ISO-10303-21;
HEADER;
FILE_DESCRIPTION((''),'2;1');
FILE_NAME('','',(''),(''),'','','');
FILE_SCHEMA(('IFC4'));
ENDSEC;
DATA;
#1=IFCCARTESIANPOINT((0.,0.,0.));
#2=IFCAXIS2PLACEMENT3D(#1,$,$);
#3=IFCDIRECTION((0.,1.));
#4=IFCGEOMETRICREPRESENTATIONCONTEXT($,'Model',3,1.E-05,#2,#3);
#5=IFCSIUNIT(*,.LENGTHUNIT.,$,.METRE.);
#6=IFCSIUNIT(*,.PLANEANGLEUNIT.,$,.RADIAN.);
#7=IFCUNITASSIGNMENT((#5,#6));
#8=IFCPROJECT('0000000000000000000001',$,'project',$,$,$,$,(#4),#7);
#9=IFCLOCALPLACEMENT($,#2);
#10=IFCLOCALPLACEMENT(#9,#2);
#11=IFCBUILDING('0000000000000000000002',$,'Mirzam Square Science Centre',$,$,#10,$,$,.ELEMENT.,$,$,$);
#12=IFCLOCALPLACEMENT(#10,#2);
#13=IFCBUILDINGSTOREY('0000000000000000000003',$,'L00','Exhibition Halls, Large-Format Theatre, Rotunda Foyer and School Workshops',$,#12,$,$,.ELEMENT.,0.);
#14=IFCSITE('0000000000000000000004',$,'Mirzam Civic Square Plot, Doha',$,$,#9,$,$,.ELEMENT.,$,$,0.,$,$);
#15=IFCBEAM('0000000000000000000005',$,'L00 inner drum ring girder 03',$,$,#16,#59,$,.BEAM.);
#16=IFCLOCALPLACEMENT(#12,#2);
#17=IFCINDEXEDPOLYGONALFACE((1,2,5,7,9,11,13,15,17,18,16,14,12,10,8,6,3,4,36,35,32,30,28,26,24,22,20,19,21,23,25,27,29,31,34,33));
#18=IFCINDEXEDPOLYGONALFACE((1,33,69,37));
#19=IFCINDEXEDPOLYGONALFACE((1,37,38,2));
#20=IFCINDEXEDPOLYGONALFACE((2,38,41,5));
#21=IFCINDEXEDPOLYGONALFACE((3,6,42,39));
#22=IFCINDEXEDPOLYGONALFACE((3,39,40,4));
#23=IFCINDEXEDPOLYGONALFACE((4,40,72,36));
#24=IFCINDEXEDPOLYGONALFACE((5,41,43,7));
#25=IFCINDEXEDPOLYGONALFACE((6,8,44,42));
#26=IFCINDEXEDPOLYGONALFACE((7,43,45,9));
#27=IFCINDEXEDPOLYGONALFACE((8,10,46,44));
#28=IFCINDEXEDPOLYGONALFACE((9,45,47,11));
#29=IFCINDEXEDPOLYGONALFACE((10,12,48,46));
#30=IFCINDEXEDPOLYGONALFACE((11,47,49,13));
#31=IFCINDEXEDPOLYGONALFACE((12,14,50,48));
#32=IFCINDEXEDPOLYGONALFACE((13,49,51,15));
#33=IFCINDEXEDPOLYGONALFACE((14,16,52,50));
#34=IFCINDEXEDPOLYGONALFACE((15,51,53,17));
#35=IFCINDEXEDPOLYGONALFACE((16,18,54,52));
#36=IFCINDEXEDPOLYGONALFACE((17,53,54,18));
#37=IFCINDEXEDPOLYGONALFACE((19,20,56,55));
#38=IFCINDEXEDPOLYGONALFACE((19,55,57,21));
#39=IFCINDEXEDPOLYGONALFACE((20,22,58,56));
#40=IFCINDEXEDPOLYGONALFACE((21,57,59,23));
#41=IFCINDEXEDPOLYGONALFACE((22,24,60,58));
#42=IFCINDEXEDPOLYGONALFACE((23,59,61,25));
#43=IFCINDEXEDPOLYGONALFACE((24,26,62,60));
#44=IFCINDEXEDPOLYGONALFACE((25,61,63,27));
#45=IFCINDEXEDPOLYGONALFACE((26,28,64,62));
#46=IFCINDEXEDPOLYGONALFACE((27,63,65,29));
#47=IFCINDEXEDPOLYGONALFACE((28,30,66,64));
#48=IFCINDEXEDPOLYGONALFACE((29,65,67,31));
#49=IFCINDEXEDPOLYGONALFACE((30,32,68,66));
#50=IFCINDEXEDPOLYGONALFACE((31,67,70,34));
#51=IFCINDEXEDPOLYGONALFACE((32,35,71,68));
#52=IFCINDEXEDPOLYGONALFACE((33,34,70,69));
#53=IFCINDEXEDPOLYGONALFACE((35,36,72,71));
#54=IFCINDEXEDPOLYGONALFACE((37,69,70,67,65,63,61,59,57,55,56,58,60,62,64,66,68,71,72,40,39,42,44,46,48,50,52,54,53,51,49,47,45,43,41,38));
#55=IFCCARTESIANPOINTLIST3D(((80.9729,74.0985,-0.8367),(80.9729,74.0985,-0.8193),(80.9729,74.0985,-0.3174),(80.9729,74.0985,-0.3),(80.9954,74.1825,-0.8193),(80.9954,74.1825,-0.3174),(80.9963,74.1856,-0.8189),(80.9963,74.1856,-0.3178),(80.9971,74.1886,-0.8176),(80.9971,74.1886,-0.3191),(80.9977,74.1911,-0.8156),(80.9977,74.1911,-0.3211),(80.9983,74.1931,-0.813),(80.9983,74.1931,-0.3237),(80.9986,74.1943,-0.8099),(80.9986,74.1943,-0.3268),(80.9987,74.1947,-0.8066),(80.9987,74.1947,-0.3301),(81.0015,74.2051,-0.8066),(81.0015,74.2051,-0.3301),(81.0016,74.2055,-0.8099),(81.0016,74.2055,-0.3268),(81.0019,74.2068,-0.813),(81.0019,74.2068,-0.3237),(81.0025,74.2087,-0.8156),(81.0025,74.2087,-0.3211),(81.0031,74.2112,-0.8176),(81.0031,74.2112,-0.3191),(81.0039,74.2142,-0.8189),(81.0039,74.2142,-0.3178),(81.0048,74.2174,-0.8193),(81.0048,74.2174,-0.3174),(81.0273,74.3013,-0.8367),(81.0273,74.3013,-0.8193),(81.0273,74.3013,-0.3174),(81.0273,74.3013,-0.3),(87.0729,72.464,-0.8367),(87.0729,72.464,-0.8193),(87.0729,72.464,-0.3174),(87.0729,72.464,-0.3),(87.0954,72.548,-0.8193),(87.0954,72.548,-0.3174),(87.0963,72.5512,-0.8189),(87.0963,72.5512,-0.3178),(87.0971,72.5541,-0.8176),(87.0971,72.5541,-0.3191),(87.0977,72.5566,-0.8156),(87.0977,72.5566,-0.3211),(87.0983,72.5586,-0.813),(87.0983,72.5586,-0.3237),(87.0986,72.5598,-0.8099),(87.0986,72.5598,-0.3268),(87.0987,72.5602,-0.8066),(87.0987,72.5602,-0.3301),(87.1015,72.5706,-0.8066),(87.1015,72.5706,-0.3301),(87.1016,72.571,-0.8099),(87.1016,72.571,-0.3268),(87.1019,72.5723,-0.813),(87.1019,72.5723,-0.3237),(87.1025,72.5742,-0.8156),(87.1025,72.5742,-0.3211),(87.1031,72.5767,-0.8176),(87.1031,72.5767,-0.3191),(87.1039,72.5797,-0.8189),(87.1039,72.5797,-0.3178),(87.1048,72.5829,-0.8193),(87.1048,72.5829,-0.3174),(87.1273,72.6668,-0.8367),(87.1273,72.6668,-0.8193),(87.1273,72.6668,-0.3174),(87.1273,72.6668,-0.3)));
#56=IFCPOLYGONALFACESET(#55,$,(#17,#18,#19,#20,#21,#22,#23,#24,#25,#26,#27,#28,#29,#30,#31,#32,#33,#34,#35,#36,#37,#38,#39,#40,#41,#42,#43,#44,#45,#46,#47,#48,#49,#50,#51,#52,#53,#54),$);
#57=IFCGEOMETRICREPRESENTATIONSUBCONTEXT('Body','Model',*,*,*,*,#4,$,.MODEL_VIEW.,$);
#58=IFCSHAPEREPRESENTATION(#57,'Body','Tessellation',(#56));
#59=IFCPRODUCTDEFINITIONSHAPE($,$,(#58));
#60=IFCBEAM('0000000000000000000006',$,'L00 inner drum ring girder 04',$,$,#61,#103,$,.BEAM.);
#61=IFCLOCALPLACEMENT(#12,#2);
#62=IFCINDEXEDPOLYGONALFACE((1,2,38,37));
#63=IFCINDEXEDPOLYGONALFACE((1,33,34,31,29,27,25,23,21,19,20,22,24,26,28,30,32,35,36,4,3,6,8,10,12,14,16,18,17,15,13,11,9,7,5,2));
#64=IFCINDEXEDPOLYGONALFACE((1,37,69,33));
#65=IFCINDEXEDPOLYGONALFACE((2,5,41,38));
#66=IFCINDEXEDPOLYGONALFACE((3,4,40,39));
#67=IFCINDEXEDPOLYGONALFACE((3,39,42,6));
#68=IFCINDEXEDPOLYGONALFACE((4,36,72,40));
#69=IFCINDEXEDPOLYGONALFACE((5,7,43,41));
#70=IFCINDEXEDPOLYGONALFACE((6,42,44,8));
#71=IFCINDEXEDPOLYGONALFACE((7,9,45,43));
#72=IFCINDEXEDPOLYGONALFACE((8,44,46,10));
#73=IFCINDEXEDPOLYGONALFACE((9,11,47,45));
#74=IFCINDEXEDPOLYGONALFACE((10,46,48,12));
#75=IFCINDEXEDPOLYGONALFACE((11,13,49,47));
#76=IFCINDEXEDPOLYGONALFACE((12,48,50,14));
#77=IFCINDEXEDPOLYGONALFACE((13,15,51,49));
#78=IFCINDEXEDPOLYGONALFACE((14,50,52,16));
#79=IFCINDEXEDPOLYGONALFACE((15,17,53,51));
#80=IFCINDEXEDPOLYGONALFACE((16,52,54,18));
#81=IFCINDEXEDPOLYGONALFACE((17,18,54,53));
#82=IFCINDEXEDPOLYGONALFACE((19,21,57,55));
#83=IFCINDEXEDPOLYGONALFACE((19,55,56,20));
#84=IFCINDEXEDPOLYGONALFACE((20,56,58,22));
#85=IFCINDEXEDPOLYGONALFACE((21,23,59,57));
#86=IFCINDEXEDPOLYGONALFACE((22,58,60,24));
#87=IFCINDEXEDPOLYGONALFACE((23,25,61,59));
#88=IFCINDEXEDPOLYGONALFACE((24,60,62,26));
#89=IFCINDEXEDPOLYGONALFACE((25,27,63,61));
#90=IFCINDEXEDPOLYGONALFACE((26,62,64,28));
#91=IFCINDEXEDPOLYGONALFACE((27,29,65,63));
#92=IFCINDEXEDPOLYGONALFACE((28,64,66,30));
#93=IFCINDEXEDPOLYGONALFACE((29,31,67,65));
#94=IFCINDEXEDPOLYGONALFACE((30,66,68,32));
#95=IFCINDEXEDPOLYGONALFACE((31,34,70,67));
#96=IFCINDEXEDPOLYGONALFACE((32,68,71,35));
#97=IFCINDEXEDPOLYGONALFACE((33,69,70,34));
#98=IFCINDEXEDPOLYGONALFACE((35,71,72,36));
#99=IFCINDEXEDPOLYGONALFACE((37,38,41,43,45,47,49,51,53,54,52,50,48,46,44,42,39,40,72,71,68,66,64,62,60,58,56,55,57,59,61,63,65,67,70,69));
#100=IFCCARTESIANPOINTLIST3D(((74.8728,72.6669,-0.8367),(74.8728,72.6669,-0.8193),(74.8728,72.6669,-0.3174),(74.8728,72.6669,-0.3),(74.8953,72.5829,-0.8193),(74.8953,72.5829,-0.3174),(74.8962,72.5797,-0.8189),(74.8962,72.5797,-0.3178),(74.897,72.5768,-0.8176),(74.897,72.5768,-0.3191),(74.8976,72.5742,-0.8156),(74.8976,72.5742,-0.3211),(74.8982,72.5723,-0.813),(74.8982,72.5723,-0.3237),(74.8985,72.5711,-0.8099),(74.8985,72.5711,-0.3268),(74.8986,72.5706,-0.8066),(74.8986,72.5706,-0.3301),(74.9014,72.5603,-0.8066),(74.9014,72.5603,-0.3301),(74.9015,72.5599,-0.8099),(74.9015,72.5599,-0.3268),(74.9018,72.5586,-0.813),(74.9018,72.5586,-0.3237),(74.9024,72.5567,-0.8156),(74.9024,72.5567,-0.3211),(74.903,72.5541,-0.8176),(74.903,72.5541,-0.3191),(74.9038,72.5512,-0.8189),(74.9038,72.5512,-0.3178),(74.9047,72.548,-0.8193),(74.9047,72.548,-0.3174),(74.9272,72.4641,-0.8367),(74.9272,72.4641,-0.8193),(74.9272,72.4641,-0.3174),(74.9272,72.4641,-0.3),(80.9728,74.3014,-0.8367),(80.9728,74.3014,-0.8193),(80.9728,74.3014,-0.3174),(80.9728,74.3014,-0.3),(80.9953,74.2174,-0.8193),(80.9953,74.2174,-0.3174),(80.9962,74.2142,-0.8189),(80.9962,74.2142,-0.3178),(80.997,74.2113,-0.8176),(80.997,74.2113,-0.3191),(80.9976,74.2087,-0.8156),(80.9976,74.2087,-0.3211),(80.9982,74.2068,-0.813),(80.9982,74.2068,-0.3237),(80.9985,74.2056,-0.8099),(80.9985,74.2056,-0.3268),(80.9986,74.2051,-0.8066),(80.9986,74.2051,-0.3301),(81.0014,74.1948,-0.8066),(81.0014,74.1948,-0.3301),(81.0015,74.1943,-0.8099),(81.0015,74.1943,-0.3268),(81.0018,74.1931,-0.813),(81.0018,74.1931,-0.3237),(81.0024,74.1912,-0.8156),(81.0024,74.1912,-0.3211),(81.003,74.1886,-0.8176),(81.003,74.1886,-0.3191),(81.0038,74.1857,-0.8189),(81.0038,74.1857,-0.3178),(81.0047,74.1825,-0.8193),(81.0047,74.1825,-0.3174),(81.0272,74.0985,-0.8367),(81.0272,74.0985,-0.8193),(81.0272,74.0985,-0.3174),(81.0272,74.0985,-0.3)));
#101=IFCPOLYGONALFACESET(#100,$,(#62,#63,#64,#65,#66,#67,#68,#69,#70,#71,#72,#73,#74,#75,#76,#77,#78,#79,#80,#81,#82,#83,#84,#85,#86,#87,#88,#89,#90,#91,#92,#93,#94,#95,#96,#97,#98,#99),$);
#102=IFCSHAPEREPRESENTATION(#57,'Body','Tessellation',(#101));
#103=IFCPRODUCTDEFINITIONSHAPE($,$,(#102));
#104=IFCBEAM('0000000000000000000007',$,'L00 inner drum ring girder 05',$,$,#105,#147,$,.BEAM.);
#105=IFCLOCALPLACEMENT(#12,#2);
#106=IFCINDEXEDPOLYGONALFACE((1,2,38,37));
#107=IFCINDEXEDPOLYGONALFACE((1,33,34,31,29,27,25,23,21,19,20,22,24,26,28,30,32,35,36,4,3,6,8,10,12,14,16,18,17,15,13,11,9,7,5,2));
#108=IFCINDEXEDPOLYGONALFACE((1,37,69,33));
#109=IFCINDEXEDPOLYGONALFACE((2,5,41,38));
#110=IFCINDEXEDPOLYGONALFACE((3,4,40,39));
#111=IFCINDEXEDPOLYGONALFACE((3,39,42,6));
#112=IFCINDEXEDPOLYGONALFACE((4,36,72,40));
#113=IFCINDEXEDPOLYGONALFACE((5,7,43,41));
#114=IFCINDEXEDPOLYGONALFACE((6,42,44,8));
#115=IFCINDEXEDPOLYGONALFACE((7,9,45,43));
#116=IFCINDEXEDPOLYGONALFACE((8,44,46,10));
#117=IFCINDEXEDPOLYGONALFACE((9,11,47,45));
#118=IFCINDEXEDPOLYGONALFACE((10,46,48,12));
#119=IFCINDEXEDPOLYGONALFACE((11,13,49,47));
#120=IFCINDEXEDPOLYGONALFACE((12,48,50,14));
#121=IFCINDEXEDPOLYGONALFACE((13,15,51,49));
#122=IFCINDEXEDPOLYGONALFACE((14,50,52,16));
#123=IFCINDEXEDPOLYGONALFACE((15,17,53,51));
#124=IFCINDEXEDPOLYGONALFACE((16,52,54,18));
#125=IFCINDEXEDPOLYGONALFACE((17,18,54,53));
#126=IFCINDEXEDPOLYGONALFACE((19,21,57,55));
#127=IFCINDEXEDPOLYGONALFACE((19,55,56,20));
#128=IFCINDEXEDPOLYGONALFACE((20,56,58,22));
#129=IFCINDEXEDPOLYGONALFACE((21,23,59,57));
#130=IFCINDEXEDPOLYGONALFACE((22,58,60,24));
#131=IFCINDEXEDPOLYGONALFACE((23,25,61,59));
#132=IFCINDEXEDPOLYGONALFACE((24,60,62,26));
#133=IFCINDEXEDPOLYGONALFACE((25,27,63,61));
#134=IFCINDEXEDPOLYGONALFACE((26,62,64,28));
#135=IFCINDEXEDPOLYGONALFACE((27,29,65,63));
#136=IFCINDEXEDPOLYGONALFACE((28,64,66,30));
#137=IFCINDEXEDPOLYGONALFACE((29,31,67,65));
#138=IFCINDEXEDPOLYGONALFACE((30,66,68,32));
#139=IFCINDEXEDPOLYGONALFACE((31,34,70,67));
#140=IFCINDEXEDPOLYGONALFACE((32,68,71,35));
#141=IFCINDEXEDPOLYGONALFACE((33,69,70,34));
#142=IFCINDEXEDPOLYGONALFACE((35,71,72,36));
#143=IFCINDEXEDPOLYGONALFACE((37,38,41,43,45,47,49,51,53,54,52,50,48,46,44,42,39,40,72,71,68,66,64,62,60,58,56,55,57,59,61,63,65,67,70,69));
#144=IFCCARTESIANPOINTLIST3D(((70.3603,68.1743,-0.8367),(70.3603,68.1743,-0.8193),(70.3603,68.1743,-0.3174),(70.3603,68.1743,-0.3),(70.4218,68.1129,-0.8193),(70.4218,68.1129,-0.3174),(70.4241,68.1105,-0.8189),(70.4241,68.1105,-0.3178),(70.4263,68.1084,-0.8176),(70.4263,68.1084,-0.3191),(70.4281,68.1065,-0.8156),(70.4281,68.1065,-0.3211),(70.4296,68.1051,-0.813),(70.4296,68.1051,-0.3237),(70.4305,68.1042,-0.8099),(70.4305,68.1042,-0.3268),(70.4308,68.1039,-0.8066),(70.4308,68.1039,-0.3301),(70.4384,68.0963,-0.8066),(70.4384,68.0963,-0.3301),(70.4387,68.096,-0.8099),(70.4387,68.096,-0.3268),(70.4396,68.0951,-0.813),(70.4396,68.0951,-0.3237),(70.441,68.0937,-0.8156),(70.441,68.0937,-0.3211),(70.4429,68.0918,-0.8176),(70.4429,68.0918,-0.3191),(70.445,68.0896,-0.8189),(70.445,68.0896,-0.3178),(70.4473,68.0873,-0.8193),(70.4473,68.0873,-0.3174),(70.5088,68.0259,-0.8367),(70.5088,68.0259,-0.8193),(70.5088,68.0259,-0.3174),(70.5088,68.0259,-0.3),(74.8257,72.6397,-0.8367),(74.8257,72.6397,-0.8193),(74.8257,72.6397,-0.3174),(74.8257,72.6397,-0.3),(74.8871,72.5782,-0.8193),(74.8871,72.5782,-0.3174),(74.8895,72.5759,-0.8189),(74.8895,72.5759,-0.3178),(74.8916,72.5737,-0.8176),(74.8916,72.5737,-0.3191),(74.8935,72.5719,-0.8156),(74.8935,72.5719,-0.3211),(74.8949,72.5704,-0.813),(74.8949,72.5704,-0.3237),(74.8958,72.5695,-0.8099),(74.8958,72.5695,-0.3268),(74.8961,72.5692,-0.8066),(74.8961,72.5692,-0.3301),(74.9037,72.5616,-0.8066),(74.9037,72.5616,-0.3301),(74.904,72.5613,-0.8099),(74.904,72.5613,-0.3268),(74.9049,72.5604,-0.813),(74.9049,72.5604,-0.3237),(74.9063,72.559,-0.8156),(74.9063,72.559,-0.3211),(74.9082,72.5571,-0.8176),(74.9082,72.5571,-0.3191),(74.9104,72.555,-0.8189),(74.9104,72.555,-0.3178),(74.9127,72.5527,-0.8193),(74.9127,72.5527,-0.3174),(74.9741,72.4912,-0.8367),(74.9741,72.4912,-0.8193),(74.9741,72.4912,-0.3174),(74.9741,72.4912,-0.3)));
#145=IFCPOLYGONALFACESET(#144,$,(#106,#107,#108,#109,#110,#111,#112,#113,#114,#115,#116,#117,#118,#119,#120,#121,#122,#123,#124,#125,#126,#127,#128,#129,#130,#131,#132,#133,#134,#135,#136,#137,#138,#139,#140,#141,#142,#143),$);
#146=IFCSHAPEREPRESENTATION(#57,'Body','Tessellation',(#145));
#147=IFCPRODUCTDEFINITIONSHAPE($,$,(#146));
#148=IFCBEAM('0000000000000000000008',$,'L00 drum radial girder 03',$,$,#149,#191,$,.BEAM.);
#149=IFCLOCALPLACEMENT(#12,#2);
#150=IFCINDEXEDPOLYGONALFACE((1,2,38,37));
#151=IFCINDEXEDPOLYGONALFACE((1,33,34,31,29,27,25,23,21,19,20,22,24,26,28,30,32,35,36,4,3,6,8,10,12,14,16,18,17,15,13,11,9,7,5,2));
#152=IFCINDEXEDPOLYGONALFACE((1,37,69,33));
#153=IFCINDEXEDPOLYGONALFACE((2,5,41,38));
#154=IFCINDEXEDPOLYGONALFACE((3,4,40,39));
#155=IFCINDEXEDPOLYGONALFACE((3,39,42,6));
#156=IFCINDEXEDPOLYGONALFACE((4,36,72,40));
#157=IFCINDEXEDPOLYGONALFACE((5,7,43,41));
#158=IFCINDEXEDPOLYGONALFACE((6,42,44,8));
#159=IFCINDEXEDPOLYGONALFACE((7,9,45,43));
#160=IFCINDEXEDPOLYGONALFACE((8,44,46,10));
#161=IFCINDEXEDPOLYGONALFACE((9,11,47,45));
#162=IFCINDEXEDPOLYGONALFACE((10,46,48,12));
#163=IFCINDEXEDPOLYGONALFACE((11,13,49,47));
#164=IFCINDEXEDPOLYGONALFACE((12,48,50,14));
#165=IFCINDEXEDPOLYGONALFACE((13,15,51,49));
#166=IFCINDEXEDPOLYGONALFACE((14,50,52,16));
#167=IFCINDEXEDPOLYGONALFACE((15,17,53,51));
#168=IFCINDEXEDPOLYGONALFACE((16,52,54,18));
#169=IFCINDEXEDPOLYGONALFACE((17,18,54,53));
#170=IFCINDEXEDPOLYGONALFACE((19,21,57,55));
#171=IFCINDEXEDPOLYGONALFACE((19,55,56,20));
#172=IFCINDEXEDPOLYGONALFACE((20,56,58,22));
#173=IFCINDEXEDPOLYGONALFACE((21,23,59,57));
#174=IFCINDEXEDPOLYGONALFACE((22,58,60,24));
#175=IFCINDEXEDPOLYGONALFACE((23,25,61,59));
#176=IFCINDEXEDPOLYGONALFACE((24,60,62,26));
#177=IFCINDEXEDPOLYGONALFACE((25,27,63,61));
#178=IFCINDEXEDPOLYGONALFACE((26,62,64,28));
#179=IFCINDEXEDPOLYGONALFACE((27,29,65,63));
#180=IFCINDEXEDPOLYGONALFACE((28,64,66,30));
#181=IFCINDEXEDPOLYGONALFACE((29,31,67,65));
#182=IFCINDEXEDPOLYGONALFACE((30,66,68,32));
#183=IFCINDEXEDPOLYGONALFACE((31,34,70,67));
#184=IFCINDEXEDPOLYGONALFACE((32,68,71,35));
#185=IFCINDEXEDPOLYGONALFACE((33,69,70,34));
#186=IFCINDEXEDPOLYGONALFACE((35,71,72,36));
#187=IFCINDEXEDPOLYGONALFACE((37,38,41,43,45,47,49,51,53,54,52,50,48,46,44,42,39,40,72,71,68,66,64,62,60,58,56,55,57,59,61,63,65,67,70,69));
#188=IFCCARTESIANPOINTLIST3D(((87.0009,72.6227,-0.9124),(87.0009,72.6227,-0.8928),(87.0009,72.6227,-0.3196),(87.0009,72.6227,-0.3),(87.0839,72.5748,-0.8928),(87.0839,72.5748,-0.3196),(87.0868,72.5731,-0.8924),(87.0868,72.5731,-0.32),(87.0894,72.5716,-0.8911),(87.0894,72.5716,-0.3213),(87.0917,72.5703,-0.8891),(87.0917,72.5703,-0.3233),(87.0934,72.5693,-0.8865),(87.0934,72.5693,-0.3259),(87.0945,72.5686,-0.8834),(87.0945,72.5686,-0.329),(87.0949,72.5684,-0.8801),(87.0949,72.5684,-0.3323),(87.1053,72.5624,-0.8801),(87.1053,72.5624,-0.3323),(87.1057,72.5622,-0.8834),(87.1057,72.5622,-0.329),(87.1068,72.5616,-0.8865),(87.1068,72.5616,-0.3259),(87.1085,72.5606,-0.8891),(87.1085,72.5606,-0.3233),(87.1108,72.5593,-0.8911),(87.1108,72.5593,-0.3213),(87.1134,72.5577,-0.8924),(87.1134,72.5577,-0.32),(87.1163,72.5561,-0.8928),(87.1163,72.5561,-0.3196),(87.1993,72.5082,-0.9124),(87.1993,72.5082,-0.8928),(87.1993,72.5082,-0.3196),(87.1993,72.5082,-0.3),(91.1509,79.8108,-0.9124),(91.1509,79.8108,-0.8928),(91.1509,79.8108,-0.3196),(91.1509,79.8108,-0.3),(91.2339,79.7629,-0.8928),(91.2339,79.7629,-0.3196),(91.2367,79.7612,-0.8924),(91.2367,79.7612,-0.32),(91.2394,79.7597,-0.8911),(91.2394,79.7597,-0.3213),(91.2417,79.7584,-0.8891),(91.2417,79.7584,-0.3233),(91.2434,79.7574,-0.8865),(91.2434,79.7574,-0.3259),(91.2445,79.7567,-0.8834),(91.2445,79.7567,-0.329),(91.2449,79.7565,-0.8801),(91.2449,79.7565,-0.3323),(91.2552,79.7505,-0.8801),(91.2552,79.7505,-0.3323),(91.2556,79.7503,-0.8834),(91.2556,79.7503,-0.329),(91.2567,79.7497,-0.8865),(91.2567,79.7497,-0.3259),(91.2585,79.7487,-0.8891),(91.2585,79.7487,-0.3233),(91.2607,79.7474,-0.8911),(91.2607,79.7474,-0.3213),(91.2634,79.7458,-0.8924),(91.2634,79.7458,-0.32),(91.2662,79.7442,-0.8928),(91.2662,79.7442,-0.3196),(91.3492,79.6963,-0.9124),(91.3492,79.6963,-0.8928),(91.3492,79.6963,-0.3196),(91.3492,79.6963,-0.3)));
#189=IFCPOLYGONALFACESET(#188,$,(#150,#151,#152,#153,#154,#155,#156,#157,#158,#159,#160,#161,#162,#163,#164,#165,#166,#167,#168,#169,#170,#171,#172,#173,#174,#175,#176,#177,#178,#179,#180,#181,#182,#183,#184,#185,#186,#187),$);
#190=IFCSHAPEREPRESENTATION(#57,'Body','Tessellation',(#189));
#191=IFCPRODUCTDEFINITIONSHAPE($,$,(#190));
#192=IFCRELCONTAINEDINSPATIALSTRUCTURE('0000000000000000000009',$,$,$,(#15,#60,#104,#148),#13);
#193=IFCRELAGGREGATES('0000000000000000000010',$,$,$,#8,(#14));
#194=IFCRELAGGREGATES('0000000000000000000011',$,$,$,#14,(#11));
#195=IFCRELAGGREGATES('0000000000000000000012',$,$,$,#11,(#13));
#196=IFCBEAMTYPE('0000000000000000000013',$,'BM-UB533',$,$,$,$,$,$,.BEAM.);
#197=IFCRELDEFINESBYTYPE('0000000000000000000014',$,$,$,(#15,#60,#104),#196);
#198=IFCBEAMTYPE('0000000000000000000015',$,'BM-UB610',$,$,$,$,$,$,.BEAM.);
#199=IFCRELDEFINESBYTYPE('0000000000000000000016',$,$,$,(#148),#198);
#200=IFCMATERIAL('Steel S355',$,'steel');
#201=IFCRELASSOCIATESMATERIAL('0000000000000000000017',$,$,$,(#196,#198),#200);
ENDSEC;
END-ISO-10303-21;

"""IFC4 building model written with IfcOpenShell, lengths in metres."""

from ifc_helpers import new_model, si_unit, direction, frame, origin, origin_2d, place, context, subcontext, project, spatial, i_section, extrude, material, material_profile, profile_set, type_object, element, save


model = new_model("IFC4")

# Units and contexts
model_context = context("Model", 3, precision=1e-05, world=origin(), true_north=direction((0.0, 1.0)))
body_context = subcontext(model_context, "Body", "Model", "MODEL_VIEW")
ifc_project = project(units=[si_unit("LENGTHUNIT", "METRE"), si_unit("PLANEANGLEUNIT", "RADIAN")], contexts=[model_context])

# Site, building, storey
site_placement = place(None, origin())
site = spatial("IfcSite", under=ifc_project, at=site_placement, Name="Mirzam Civic Square Plot, Doha", CompositionType="ELEMENT", RefElevation=0.0)
building_placement = place(site_placement, origin())
building = spatial("IfcBuilding", under=site, at=building_placement, Name="Mirzam Square Science Centre", CompositionType="ELEMENT")
storey_placement = place(building_placement, origin())
storey = spatial("IfcBuildingStorey", under=building, at=storey_placement, Name="L00", Description="Exhibition Halls, Large-Format Theatre, Rotunda Foyer and School Workshops", CompositionType="ELEMENT", Elevation=0.0)

# Shared definitions
ifc_material_1 = material(Name="Steel S355", Category="steel")

# Beams
ifc_material_profile_1 = material_profile(ifc_material_1, i_section(OverallWidth=0.21, OverallDepth=0.5366, WebThickness=0.0107, FlangeThickness=0.0173, FilletRadius=0.0127, at=origin_2d()), Name="533x210x101UB")
ifc_profile_set_1 = profile_set([ifc_material_profile_1], Name="Steel S355")
beam_type_1 = type_object("IfcBeamType", Name="BM-UB533", PredefinedType="BEAM", material=ifc_profile_set_1)
for number, where, z_axis, x_axis, name in (
    (1, (87.1001, 72.5654, -0.5684), (-0.965926, 0.25882, 0.0), (-0.25882, -0.965926, 0.0), "L00 inner drum ring girder 03"),
    (2, (81.0, 74.2, -0.5684), (-0.965926, -0.25882, 0.0), (0.25882, -0.965926, 0.0), "L00 inner drum ring girder 04"),
):
    element("IfcBeam", number, at=place(storey_placement, frame(where, z_axis=z_axis, x_axis=x_axis)), inside=storey, type_object=beam_type_1, Name=name, PredefinedType="BEAM", context=body_context, shape_type="SweptSolid", body=[
        extrude(i_section(OverallWidth=0.21, OverallDepth=0.5366, WebThickness=0.0107, FlangeThickness=0.0173, FilletRadius=0.0127, at=origin_2d()), origin(), (0.0, 0.0, 1.0), 6.3152),
    ])
beam_placement = place(storey_placement, frame((74.8999, 72.5654, -0.5684), z_axis=(-0.707107, -0.707107, 0.0), x_axis=(0.707107, -0.707107, 0.0)))
element("IfcBeam", 3, at=beam_placement, inside=storey, type_object=beam_type_1, Name="L00 inner drum ring girder 05", PredefinedType="BEAM", context=body_context, shape_type="SweptSolid", body=[
    extrude(i_section(OverallWidth=0.21, OverallDepth=0.5366, WebThickness=0.0107, FlangeThickness=0.0173, FilletRadius=0.0127, at=origin_2d()), origin(), (0.0, 0.0, 1.0), 6.3149),
])
ifc_material_profile_2 = material_profile(ifc_material_1, i_section(OverallWidth=0.229, OverallDepth=0.6123, WebThickness=0.012, FlangeThickness=0.0195, FilletRadius=0.0127, at=origin_2d()), Name="610x229x125UB")
ifc_profile_set_2 = profile_set([ifc_material_profile_2], Name="Steel S355")
beam_type_2 = type_object("IfcBeamType", Name="BM-UB610", PredefinedType="BEAM", material=ifc_profile_set_2)
for number, where, z_axis, x_axis, name in (
    (4, (87.1001, 72.5654, -0.6062), (0.499992, 0.86603, 0.0), (-0.86603, 0.499992, 0.0), "L00 drum radial girder 03"),
):
    element("IfcBeam", number, at=place(storey_placement, frame(where, z_axis=z_axis, x_axis=x_axis)), inside=storey, type_object=beam_type_2, Name=name, PredefinedType="BEAM", context=body_context, shape_type="SweptSolid", body=[
        extrude(i_section(OverallWidth=0.229, OverallDepth=0.6123, WebThickness=0.012, FlangeThickness=0.0195, FilletRadius=0.0127, at=origin_2d()), origin(), (0.0, 0.0, 1.0), 8.3),
    ])

save(model, "model.ifc")
